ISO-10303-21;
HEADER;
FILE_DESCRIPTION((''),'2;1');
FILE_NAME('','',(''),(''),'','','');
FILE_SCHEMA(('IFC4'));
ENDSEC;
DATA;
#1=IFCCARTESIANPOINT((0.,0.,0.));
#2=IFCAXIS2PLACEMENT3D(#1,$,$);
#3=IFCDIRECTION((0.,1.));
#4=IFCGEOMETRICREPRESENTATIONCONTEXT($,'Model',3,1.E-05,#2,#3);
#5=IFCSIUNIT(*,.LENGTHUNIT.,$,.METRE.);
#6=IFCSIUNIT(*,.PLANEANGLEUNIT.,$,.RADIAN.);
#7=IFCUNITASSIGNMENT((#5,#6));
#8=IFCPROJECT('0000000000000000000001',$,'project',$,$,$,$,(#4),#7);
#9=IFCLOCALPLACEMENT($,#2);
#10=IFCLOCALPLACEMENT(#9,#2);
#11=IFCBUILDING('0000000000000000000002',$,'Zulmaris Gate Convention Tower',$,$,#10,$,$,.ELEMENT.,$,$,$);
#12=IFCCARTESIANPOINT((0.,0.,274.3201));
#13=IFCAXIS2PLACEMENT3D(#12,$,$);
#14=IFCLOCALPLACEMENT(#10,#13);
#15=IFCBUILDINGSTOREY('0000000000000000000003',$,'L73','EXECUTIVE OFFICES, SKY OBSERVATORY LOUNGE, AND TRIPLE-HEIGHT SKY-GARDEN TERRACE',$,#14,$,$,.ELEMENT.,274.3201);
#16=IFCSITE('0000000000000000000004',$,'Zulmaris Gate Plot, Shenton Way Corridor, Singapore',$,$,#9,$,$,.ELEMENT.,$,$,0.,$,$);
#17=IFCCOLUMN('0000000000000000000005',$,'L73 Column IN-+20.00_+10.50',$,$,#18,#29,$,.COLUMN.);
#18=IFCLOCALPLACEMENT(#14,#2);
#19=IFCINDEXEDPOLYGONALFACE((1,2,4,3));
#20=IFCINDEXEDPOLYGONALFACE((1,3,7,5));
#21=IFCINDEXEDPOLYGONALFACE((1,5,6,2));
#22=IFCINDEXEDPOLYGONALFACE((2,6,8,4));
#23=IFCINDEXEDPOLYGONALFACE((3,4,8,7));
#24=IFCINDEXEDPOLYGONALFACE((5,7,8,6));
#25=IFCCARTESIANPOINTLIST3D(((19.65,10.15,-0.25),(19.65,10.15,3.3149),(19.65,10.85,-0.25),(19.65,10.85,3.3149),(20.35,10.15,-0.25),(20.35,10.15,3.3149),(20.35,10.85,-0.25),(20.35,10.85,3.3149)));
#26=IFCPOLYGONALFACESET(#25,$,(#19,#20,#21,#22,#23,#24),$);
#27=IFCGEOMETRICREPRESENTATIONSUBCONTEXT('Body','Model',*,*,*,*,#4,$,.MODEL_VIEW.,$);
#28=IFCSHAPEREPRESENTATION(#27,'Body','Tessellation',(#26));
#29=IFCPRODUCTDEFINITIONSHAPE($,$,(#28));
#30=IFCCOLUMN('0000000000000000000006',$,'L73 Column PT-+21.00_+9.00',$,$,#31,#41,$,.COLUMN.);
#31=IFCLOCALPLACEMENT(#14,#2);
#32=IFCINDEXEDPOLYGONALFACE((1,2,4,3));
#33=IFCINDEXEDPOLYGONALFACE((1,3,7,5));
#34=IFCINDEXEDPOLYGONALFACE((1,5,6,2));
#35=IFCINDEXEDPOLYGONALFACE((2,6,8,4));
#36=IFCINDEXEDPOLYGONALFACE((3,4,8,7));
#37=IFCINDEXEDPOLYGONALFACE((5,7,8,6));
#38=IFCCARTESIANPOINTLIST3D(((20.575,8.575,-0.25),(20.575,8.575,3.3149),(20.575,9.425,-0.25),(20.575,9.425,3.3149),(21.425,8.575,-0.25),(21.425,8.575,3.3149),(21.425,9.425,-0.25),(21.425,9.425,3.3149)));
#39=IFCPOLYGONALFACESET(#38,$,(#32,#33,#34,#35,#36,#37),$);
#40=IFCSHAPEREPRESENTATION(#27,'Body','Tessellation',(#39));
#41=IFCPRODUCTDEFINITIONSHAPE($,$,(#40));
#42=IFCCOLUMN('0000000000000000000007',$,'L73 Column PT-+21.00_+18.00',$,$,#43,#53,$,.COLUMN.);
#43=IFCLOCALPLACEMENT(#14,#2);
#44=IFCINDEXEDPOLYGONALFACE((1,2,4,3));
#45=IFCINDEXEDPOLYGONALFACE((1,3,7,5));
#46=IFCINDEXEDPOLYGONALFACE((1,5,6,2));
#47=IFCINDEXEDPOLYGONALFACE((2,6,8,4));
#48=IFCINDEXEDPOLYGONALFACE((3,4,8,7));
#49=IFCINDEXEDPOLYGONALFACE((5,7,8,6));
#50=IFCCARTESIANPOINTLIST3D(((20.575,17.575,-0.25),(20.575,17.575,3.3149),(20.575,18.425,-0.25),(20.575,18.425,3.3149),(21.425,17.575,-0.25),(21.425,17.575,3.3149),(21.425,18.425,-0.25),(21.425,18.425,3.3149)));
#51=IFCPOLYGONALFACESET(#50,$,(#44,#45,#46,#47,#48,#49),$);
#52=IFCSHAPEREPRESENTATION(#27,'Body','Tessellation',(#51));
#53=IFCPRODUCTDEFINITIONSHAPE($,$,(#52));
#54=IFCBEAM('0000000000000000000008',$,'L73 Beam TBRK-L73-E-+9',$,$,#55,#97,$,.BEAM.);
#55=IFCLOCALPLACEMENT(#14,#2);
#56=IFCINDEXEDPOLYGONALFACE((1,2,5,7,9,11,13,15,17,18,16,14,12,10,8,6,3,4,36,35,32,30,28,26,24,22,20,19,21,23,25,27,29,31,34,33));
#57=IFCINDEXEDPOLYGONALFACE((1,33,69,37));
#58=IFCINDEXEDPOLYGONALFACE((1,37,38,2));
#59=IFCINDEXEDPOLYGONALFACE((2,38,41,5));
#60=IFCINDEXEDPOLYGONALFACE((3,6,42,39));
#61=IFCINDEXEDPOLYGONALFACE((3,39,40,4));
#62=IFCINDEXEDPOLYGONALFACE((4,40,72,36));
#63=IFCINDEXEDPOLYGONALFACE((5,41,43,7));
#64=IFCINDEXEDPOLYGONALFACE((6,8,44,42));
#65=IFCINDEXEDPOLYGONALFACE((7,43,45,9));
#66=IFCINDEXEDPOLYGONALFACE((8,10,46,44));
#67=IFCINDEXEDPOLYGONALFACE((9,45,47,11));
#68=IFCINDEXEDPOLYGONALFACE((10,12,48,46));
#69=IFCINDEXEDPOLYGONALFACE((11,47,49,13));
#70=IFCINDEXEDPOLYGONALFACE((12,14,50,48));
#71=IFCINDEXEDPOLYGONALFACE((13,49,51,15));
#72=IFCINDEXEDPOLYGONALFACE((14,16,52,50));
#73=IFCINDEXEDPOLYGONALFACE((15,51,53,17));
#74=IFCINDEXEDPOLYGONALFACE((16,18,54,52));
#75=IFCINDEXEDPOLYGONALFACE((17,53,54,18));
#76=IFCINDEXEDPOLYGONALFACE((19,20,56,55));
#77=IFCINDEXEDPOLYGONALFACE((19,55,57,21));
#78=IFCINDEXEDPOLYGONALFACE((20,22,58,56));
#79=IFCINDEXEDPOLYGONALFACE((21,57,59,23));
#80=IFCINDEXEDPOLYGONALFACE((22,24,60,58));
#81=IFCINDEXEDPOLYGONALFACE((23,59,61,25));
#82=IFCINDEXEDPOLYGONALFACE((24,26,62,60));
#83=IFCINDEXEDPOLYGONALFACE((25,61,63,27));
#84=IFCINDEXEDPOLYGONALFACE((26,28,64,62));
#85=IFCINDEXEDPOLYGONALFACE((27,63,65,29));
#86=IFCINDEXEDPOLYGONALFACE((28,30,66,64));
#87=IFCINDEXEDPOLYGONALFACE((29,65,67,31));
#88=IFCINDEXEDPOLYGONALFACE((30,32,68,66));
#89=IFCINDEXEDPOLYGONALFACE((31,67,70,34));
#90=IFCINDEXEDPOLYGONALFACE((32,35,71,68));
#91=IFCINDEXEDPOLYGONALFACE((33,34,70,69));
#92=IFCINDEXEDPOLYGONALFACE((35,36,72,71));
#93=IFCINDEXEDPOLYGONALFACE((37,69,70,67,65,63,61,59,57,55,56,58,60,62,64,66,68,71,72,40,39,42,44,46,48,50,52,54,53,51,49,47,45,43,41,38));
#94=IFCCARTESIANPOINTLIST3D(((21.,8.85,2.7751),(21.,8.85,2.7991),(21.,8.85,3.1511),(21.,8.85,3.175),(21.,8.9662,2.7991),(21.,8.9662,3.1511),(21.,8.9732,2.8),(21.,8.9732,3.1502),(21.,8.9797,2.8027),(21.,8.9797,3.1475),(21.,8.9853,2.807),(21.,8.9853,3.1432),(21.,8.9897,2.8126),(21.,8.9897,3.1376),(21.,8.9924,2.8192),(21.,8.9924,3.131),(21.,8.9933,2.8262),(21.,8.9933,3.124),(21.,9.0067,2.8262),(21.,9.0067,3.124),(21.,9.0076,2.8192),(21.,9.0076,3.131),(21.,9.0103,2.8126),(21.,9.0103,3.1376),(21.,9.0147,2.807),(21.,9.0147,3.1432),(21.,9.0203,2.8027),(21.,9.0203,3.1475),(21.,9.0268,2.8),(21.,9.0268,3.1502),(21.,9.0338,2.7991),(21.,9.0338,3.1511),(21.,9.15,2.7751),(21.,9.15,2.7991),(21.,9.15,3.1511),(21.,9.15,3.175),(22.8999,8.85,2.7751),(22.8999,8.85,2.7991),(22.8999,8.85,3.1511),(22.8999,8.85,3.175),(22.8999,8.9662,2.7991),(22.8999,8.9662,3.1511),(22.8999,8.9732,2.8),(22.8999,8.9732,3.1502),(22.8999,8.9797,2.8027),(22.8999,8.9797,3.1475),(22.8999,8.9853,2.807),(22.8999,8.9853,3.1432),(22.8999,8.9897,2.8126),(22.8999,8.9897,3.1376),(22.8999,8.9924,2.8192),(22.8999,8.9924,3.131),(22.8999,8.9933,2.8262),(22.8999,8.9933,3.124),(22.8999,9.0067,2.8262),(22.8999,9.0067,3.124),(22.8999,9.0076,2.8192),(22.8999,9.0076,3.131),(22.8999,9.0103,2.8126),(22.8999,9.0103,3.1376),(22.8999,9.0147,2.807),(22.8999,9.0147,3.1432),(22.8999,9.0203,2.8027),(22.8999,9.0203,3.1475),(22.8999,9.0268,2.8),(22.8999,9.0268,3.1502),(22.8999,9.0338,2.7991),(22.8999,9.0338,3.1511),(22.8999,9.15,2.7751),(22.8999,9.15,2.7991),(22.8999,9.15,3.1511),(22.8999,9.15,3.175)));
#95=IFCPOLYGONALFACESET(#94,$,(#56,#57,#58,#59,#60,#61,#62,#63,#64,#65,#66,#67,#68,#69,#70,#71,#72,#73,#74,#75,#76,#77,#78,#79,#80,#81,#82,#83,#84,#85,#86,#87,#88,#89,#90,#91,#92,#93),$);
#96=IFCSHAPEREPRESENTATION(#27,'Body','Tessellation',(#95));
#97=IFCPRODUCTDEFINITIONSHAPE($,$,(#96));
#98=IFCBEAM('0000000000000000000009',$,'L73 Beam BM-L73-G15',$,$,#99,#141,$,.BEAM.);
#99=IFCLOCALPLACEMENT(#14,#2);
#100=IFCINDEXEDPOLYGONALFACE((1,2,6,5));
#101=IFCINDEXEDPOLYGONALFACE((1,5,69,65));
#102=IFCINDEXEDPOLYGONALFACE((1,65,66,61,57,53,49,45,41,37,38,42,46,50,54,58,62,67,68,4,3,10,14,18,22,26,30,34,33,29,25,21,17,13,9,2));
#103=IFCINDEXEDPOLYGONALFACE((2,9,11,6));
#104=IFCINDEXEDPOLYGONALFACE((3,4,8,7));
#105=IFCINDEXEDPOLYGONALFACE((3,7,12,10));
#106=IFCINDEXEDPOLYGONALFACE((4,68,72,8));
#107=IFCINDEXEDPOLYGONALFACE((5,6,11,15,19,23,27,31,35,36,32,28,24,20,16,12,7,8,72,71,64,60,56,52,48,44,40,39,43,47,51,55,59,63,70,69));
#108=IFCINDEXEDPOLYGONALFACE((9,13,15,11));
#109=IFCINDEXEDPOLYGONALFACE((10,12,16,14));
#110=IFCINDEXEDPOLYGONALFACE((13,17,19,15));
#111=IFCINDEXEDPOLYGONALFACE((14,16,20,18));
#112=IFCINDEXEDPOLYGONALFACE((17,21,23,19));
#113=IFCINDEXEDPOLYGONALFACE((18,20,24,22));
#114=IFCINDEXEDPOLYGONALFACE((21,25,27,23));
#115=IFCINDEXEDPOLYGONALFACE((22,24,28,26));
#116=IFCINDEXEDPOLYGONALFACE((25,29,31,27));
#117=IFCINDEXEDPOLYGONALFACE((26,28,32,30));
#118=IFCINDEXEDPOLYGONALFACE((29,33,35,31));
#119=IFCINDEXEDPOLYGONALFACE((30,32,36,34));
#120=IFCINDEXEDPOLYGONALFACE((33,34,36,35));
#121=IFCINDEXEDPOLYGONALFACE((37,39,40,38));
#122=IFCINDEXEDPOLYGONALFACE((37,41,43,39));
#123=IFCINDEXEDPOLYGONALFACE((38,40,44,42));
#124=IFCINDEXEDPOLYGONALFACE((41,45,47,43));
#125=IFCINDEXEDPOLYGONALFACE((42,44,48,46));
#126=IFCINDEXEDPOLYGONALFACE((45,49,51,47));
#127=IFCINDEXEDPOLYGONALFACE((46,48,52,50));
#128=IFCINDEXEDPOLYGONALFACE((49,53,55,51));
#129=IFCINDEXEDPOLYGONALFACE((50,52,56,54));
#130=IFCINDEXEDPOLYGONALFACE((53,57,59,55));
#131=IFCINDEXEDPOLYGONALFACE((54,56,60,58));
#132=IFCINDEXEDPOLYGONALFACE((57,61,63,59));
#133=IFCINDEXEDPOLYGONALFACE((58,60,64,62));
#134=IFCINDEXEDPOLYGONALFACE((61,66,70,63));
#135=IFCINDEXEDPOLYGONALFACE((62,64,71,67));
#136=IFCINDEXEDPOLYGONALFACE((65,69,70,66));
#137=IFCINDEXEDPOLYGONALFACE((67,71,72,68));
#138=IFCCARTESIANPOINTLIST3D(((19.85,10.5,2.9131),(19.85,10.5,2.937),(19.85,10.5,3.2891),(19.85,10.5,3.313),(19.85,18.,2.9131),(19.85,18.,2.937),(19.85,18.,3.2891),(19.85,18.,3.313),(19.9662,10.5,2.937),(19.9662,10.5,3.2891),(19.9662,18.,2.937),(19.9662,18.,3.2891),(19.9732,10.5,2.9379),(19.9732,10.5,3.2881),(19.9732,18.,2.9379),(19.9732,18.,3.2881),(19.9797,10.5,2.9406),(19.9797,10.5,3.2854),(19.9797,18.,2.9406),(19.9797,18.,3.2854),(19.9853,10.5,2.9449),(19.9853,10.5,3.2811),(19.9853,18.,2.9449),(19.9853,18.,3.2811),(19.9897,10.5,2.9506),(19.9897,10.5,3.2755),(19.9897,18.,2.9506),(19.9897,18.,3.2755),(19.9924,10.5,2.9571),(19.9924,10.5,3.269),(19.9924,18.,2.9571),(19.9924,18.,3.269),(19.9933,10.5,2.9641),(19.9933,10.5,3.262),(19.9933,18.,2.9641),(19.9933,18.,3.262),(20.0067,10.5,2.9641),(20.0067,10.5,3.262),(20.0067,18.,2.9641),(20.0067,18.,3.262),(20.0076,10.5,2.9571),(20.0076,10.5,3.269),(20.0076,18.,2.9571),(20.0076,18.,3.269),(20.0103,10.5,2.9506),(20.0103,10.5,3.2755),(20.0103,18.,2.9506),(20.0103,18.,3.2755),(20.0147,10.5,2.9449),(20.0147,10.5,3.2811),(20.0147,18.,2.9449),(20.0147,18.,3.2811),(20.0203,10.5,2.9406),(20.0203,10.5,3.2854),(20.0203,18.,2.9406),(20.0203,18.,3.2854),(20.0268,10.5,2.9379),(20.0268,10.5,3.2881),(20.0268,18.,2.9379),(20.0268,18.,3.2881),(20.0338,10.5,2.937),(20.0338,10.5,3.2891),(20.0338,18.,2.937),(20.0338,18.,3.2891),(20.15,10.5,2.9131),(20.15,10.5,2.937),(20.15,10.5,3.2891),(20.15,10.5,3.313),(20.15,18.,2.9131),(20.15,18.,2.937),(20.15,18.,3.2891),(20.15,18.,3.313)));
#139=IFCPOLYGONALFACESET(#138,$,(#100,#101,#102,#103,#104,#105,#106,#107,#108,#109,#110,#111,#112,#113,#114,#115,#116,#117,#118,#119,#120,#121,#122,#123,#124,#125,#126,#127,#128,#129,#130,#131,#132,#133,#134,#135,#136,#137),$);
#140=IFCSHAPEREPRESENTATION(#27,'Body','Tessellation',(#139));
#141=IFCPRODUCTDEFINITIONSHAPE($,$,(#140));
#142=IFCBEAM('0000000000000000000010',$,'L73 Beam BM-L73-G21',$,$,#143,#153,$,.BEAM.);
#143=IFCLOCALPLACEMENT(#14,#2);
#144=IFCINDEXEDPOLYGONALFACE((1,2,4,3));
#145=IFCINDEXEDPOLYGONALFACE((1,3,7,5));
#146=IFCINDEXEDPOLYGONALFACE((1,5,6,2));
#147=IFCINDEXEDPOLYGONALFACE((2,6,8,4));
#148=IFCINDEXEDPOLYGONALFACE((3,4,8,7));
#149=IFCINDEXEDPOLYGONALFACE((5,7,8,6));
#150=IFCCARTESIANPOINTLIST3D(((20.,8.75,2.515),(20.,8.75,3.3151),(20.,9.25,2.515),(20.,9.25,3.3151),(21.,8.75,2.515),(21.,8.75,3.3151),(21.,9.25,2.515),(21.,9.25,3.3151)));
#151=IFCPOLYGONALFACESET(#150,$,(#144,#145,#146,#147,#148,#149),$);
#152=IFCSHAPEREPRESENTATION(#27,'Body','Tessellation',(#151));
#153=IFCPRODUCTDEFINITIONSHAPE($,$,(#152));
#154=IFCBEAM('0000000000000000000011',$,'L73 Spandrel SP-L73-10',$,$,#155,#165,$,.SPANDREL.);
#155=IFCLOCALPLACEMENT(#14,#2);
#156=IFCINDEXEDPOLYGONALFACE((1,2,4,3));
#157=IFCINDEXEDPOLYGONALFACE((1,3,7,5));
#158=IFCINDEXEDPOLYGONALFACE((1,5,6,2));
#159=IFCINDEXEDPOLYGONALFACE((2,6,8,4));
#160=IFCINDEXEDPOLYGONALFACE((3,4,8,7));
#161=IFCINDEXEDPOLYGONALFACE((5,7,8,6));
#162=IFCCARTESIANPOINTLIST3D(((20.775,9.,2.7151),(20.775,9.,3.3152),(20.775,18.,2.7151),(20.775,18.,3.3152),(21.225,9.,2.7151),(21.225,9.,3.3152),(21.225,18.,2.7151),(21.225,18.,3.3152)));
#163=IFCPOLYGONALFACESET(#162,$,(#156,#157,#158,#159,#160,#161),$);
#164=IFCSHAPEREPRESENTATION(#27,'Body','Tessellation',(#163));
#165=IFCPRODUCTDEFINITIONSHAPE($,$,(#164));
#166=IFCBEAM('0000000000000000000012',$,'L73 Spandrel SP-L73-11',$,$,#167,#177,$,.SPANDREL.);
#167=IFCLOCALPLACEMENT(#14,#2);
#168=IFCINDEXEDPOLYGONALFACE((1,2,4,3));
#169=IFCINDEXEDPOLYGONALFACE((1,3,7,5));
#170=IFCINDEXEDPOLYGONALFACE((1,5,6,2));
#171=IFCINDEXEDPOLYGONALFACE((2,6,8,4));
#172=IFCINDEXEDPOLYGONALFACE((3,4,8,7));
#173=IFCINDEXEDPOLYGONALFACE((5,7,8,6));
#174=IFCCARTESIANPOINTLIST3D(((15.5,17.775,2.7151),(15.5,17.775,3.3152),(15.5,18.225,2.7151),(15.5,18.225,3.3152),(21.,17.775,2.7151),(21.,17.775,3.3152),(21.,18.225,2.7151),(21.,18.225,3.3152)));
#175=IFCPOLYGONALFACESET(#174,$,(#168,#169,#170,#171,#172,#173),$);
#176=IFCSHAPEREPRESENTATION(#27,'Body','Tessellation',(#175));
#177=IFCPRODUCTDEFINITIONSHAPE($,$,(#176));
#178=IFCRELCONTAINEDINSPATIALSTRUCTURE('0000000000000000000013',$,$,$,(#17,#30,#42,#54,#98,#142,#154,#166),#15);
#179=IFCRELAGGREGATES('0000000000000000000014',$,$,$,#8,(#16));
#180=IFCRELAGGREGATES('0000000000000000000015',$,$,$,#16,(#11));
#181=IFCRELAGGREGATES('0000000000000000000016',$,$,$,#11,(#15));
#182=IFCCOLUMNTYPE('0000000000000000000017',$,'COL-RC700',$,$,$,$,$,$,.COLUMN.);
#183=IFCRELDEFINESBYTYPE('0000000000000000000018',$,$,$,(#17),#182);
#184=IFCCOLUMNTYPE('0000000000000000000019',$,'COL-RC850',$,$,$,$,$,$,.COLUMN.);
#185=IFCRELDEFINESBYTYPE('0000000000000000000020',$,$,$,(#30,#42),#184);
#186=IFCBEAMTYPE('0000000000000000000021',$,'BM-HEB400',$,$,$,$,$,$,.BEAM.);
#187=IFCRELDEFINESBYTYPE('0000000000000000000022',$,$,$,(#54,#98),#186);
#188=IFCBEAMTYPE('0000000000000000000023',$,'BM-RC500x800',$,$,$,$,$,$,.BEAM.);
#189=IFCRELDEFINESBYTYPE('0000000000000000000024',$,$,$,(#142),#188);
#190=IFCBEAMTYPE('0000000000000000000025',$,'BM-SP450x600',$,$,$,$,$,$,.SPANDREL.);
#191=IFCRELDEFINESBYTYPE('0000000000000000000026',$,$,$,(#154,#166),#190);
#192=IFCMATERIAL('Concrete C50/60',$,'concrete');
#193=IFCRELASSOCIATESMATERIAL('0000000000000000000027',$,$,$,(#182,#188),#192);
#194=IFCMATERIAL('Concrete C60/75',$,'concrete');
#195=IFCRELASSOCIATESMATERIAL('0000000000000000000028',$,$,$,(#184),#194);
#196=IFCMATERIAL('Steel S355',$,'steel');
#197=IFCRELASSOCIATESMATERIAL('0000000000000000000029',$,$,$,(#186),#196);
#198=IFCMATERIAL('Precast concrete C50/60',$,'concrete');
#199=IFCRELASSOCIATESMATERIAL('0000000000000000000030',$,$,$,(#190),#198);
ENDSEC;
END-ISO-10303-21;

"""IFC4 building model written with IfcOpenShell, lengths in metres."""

from ifc_helpers import new_model, si_unit, direction, frame, origin, origin_2d, place, context, subcontext, project, spatial, rectangle, i_section, extrude, material, material_profile, profile_set, type_object, element, save


model = new_model("IFC4")

# Units and contexts
model_context = context("Model", 3, precision=1e-05, world=origin(), true_north=direction((0.0, 1.0)))
body_context = subcontext(model_context, "Body", "Model", "MODEL_VIEW")
ifc_project = project(units=[si_unit("LENGTHUNIT", "METRE"), si_unit("PLANEANGLEUNIT", "RADIAN")], contexts=[model_context])

# Site, building, storey
site_placement = place(None, origin())
site = spatial("IfcSite", under=ifc_project, at=site_placement, Name="Zulmaris Gate Plot, Shenton Way Corridor, Singapore", CompositionType="ELEMENT", RefElevation=0.0)
building_placement = place(site_placement, origin())
building = spatial("IfcBuilding", under=site, at=building_placement, Name="Zulmaris Gate Convention Tower", CompositionType="ELEMENT")
storey_placement = place(building_placement, frame((0.0, 0.0, 274.3201)))
storey = spatial("IfcBuildingStorey", under=building, at=storey_placement, Name="L73", Description="EXECUTIVE OFFICES, SKY OBSERVATORY LOUNGE, AND TRIPLE-HEIGHT SKY-GARDEN TERRACE", CompositionType="ELEMENT", Elevation=274.3201)

# Columns
ifc_material_1 = material(Name="Concrete C50/60", Category="concrete")
ifc_material_profile_1 = material_profile(ifc_material_1, rectangle(XDim=0.7, YDim=0.7, at=origin_2d()), Name="RC COL 700x700")
ifc_profile_set_1 = profile_set([ifc_material_profile_1], Name="Concrete C50/60")
column_type_1 = type_object("IfcColumnType", Name="COL-RC700", PredefinedType="COLUMN", material=ifc_profile_set_1)
column_placement = place(storey_placement, frame((20.0, 10.5, -0.25), z_axis=(0.0, 0.0, 1.0), x_axis=(1.0, 0.0, 0.0)))
element("IfcColumn", 1, at=column_placement, inside=storey, type_object=column_type_1, Name="L73 Column IN-+20.00_+10.50", PredefinedType="COLUMN", context=body_context, shape_type="SweptSolid", body=[
    extrude(rectangle(XDim=0.7, YDim=0.7, at=origin_2d()), origin(), (0.0, 0.0, 1.0), 3.5649),
])
ifc_material_2 = material(Name="Concrete C60/75", Category="concrete")
ifc_material_profile_2 = material_profile(ifc_material_2, rectangle(XDim=0.8501, YDim=0.8501, at=origin_2d()), Name="RC COL 850x850")
ifc_profile_set_2 = profile_set([ifc_material_profile_2], Name="Concrete C60/75")
column_type_2 = type_object("IfcColumnType", Name="COL-RC850", PredefinedType="COLUMN", material=ifc_profile_set_2)
for number, where, z_axis, x_axis, name in (
    (2, (21.0, 9.0, -0.25), (0.0, 0.0, 1.0), (1.0, 0.0, 0.0), "L73 Column PT-+21.00_+9.00"),
    (3, (21.0, 18.0, -0.25), (0.0, 0.0, 1.0), (1.0, 0.0, 0.0), "L73 Column PT-+21.00_+18.00"),
):
    element("IfcColumn", number, at=place(storey_placement, frame(where, z_axis=z_axis, x_axis=x_axis)), inside=storey, type_object=column_type_2, Name=name, PredefinedType="COLUMN", context=body_context, shape_type="SweptSolid", body=[
        extrude(rectangle(XDim=0.8501, YDim=0.8501, at=origin_2d()), origin(), (0.0, 0.0, 1.0), 3.5649),
    ])

# Beams
ifc_material_3 = material(Name="Steel S355", Category="steel")
ifc_material_profile_3 = material_profile(ifc_material_3, i_section(OverallWidth=0.3, OverallDepth=0.3999, WebThickness=0.0134, FlangeThickness=0.0239, FilletRadius=0.0271, at=origin_2d()), Name="HEB 400")
ifc_profile_set_3 = profile_set([ifc_material_profile_3], Name="Steel S355")
beam_type_1 = type_object("IfcBeamType", Name="BM-HEB400", PredefinedType="BEAM", material=ifc_profile_set_3)
beam_1_placement = place(storey_placement, frame((21.0, 9.0, 2.9751), z_axis=(1.0, 0.0, 0.0), x_axis=(0.0, 1.0, 0.0)))
element("IfcBeam", 4, at=beam_1_placement, inside=storey, type_object=beam_type_1, Name="L73 Beam TBRK-L73-E-+9", PredefinedType="BEAM", context=body_context, shape_type="SweptSolid", body=[
    extrude(i_section(OverallWidth=0.3, OverallDepth=0.3999, WebThickness=0.0134, FlangeThickness=0.0239, FilletRadius=0.0271, at=origin_2d()), origin(), (0.0, 0.0, 1.0), 1.8999),
])
beam_2_placement = place(storey_placement, frame((20.0, 10.5, 3.113), z_axis=(0.0, 1.0, 0.0), x_axis=(-1.0, 0.0, 0.0)))
element("IfcBeam", 5, at=beam_2_placement, inside=storey, type_object=beam_type_1, Name="L73 Beam BM-L73-G15", PredefinedType="BEAM", context=body_context, shape_type="SweptSolid", body=[
    extrude(i_section(OverallWidth=0.3, OverallDepth=0.3999, WebThickness=0.0134, FlangeThickness=0.0239, FilletRadius=0.0271, at=origin_2d()), origin(), (0.0, 0.0, 1.0), 7.5),
])
ifc_material_profile_4 = material_profile(ifc_material_1, rectangle(XDim=0.5, YDim=0.8, at=origin_2d()), Name="RC BEAM 500x800")
ifc_profile_set_4 = profile_set([ifc_material_profile_4], Name="Concrete C50/60")
beam_type_2 = type_object("IfcBeamType", Name="BM-RC500x800", PredefinedType="BEAM", material=ifc_profile_set_4)
beam_3_placement = place(storey_placement, frame((20.0, 9.0, 2.915), z_axis=(1.0, 0.0, 0.0), x_axis=(0.0, 1.0, 0.0)))
element("IfcBeam", 6, at=beam_3_placement, inside=storey, type_object=beam_type_2, Name="L73 Beam BM-L73-G21", PredefinedType="BEAM", context=body_context, shape_type="SweptSolid", body=[
    extrude(rectangle(XDim=0.5, YDim=0.8, at=origin_2d()), origin(), (0.0, 0.0, 1.0), 1.0),
])
ifc_material_4 = material(Name="Precast concrete C50/60", Category="concrete")
ifc_material_profile_5 = material_profile(ifc_material_4, rectangle(XDim=0.45, YDim=0.6001, at=origin_2d()), Name="RC SPANDREL 450x600")
ifc_profile_set_5 = profile_set([ifc_material_profile_5], Name="Precast concrete C50/60")
beam_type_3 = type_object("IfcBeamType", Name="BM-SP450x600", PredefinedType="SPANDREL", material=ifc_profile_set_5)
beam_4_placement = place(storey_placement, frame((21.0, 9.0, 3.0151), z_axis=(0.0, 1.0, 0.0), x_axis=(-1.0, 0.0, 0.0)))
element("IfcBeam", 7, at=beam_4_placement, inside=storey, type_object=beam_type_3, Name="L73 Spandrel SP-L73-10", PredefinedType="SPANDREL", context=body_context, shape_type="SweptSolid", body=[
    extrude(rectangle(XDim=0.45, YDim=0.6001, at=origin_2d()), origin(), (0.0, 0.0, 1.0), 9.0),
])
beam_5_placement = place(storey_placement, frame((21.0, 18.0, 3.0151), z_axis=(-1.0, 0.0, 0.0), x_axis=(0.0, -1.0, 0.0)))
element("IfcBeam", 8, at=beam_5_placement, inside=storey, type_object=beam_type_3, Name="L73 Spandrel SP-L73-11", PredefinedType="SPANDREL", context=body_context, shape_type="SweptSolid", body=[
    extrude(rectangle(XDim=0.45, YDim=0.6001, at=origin_2d()), origin(), (0.0, 0.0, 1.0), 5.5),
])

save(model, "model.ifc")
